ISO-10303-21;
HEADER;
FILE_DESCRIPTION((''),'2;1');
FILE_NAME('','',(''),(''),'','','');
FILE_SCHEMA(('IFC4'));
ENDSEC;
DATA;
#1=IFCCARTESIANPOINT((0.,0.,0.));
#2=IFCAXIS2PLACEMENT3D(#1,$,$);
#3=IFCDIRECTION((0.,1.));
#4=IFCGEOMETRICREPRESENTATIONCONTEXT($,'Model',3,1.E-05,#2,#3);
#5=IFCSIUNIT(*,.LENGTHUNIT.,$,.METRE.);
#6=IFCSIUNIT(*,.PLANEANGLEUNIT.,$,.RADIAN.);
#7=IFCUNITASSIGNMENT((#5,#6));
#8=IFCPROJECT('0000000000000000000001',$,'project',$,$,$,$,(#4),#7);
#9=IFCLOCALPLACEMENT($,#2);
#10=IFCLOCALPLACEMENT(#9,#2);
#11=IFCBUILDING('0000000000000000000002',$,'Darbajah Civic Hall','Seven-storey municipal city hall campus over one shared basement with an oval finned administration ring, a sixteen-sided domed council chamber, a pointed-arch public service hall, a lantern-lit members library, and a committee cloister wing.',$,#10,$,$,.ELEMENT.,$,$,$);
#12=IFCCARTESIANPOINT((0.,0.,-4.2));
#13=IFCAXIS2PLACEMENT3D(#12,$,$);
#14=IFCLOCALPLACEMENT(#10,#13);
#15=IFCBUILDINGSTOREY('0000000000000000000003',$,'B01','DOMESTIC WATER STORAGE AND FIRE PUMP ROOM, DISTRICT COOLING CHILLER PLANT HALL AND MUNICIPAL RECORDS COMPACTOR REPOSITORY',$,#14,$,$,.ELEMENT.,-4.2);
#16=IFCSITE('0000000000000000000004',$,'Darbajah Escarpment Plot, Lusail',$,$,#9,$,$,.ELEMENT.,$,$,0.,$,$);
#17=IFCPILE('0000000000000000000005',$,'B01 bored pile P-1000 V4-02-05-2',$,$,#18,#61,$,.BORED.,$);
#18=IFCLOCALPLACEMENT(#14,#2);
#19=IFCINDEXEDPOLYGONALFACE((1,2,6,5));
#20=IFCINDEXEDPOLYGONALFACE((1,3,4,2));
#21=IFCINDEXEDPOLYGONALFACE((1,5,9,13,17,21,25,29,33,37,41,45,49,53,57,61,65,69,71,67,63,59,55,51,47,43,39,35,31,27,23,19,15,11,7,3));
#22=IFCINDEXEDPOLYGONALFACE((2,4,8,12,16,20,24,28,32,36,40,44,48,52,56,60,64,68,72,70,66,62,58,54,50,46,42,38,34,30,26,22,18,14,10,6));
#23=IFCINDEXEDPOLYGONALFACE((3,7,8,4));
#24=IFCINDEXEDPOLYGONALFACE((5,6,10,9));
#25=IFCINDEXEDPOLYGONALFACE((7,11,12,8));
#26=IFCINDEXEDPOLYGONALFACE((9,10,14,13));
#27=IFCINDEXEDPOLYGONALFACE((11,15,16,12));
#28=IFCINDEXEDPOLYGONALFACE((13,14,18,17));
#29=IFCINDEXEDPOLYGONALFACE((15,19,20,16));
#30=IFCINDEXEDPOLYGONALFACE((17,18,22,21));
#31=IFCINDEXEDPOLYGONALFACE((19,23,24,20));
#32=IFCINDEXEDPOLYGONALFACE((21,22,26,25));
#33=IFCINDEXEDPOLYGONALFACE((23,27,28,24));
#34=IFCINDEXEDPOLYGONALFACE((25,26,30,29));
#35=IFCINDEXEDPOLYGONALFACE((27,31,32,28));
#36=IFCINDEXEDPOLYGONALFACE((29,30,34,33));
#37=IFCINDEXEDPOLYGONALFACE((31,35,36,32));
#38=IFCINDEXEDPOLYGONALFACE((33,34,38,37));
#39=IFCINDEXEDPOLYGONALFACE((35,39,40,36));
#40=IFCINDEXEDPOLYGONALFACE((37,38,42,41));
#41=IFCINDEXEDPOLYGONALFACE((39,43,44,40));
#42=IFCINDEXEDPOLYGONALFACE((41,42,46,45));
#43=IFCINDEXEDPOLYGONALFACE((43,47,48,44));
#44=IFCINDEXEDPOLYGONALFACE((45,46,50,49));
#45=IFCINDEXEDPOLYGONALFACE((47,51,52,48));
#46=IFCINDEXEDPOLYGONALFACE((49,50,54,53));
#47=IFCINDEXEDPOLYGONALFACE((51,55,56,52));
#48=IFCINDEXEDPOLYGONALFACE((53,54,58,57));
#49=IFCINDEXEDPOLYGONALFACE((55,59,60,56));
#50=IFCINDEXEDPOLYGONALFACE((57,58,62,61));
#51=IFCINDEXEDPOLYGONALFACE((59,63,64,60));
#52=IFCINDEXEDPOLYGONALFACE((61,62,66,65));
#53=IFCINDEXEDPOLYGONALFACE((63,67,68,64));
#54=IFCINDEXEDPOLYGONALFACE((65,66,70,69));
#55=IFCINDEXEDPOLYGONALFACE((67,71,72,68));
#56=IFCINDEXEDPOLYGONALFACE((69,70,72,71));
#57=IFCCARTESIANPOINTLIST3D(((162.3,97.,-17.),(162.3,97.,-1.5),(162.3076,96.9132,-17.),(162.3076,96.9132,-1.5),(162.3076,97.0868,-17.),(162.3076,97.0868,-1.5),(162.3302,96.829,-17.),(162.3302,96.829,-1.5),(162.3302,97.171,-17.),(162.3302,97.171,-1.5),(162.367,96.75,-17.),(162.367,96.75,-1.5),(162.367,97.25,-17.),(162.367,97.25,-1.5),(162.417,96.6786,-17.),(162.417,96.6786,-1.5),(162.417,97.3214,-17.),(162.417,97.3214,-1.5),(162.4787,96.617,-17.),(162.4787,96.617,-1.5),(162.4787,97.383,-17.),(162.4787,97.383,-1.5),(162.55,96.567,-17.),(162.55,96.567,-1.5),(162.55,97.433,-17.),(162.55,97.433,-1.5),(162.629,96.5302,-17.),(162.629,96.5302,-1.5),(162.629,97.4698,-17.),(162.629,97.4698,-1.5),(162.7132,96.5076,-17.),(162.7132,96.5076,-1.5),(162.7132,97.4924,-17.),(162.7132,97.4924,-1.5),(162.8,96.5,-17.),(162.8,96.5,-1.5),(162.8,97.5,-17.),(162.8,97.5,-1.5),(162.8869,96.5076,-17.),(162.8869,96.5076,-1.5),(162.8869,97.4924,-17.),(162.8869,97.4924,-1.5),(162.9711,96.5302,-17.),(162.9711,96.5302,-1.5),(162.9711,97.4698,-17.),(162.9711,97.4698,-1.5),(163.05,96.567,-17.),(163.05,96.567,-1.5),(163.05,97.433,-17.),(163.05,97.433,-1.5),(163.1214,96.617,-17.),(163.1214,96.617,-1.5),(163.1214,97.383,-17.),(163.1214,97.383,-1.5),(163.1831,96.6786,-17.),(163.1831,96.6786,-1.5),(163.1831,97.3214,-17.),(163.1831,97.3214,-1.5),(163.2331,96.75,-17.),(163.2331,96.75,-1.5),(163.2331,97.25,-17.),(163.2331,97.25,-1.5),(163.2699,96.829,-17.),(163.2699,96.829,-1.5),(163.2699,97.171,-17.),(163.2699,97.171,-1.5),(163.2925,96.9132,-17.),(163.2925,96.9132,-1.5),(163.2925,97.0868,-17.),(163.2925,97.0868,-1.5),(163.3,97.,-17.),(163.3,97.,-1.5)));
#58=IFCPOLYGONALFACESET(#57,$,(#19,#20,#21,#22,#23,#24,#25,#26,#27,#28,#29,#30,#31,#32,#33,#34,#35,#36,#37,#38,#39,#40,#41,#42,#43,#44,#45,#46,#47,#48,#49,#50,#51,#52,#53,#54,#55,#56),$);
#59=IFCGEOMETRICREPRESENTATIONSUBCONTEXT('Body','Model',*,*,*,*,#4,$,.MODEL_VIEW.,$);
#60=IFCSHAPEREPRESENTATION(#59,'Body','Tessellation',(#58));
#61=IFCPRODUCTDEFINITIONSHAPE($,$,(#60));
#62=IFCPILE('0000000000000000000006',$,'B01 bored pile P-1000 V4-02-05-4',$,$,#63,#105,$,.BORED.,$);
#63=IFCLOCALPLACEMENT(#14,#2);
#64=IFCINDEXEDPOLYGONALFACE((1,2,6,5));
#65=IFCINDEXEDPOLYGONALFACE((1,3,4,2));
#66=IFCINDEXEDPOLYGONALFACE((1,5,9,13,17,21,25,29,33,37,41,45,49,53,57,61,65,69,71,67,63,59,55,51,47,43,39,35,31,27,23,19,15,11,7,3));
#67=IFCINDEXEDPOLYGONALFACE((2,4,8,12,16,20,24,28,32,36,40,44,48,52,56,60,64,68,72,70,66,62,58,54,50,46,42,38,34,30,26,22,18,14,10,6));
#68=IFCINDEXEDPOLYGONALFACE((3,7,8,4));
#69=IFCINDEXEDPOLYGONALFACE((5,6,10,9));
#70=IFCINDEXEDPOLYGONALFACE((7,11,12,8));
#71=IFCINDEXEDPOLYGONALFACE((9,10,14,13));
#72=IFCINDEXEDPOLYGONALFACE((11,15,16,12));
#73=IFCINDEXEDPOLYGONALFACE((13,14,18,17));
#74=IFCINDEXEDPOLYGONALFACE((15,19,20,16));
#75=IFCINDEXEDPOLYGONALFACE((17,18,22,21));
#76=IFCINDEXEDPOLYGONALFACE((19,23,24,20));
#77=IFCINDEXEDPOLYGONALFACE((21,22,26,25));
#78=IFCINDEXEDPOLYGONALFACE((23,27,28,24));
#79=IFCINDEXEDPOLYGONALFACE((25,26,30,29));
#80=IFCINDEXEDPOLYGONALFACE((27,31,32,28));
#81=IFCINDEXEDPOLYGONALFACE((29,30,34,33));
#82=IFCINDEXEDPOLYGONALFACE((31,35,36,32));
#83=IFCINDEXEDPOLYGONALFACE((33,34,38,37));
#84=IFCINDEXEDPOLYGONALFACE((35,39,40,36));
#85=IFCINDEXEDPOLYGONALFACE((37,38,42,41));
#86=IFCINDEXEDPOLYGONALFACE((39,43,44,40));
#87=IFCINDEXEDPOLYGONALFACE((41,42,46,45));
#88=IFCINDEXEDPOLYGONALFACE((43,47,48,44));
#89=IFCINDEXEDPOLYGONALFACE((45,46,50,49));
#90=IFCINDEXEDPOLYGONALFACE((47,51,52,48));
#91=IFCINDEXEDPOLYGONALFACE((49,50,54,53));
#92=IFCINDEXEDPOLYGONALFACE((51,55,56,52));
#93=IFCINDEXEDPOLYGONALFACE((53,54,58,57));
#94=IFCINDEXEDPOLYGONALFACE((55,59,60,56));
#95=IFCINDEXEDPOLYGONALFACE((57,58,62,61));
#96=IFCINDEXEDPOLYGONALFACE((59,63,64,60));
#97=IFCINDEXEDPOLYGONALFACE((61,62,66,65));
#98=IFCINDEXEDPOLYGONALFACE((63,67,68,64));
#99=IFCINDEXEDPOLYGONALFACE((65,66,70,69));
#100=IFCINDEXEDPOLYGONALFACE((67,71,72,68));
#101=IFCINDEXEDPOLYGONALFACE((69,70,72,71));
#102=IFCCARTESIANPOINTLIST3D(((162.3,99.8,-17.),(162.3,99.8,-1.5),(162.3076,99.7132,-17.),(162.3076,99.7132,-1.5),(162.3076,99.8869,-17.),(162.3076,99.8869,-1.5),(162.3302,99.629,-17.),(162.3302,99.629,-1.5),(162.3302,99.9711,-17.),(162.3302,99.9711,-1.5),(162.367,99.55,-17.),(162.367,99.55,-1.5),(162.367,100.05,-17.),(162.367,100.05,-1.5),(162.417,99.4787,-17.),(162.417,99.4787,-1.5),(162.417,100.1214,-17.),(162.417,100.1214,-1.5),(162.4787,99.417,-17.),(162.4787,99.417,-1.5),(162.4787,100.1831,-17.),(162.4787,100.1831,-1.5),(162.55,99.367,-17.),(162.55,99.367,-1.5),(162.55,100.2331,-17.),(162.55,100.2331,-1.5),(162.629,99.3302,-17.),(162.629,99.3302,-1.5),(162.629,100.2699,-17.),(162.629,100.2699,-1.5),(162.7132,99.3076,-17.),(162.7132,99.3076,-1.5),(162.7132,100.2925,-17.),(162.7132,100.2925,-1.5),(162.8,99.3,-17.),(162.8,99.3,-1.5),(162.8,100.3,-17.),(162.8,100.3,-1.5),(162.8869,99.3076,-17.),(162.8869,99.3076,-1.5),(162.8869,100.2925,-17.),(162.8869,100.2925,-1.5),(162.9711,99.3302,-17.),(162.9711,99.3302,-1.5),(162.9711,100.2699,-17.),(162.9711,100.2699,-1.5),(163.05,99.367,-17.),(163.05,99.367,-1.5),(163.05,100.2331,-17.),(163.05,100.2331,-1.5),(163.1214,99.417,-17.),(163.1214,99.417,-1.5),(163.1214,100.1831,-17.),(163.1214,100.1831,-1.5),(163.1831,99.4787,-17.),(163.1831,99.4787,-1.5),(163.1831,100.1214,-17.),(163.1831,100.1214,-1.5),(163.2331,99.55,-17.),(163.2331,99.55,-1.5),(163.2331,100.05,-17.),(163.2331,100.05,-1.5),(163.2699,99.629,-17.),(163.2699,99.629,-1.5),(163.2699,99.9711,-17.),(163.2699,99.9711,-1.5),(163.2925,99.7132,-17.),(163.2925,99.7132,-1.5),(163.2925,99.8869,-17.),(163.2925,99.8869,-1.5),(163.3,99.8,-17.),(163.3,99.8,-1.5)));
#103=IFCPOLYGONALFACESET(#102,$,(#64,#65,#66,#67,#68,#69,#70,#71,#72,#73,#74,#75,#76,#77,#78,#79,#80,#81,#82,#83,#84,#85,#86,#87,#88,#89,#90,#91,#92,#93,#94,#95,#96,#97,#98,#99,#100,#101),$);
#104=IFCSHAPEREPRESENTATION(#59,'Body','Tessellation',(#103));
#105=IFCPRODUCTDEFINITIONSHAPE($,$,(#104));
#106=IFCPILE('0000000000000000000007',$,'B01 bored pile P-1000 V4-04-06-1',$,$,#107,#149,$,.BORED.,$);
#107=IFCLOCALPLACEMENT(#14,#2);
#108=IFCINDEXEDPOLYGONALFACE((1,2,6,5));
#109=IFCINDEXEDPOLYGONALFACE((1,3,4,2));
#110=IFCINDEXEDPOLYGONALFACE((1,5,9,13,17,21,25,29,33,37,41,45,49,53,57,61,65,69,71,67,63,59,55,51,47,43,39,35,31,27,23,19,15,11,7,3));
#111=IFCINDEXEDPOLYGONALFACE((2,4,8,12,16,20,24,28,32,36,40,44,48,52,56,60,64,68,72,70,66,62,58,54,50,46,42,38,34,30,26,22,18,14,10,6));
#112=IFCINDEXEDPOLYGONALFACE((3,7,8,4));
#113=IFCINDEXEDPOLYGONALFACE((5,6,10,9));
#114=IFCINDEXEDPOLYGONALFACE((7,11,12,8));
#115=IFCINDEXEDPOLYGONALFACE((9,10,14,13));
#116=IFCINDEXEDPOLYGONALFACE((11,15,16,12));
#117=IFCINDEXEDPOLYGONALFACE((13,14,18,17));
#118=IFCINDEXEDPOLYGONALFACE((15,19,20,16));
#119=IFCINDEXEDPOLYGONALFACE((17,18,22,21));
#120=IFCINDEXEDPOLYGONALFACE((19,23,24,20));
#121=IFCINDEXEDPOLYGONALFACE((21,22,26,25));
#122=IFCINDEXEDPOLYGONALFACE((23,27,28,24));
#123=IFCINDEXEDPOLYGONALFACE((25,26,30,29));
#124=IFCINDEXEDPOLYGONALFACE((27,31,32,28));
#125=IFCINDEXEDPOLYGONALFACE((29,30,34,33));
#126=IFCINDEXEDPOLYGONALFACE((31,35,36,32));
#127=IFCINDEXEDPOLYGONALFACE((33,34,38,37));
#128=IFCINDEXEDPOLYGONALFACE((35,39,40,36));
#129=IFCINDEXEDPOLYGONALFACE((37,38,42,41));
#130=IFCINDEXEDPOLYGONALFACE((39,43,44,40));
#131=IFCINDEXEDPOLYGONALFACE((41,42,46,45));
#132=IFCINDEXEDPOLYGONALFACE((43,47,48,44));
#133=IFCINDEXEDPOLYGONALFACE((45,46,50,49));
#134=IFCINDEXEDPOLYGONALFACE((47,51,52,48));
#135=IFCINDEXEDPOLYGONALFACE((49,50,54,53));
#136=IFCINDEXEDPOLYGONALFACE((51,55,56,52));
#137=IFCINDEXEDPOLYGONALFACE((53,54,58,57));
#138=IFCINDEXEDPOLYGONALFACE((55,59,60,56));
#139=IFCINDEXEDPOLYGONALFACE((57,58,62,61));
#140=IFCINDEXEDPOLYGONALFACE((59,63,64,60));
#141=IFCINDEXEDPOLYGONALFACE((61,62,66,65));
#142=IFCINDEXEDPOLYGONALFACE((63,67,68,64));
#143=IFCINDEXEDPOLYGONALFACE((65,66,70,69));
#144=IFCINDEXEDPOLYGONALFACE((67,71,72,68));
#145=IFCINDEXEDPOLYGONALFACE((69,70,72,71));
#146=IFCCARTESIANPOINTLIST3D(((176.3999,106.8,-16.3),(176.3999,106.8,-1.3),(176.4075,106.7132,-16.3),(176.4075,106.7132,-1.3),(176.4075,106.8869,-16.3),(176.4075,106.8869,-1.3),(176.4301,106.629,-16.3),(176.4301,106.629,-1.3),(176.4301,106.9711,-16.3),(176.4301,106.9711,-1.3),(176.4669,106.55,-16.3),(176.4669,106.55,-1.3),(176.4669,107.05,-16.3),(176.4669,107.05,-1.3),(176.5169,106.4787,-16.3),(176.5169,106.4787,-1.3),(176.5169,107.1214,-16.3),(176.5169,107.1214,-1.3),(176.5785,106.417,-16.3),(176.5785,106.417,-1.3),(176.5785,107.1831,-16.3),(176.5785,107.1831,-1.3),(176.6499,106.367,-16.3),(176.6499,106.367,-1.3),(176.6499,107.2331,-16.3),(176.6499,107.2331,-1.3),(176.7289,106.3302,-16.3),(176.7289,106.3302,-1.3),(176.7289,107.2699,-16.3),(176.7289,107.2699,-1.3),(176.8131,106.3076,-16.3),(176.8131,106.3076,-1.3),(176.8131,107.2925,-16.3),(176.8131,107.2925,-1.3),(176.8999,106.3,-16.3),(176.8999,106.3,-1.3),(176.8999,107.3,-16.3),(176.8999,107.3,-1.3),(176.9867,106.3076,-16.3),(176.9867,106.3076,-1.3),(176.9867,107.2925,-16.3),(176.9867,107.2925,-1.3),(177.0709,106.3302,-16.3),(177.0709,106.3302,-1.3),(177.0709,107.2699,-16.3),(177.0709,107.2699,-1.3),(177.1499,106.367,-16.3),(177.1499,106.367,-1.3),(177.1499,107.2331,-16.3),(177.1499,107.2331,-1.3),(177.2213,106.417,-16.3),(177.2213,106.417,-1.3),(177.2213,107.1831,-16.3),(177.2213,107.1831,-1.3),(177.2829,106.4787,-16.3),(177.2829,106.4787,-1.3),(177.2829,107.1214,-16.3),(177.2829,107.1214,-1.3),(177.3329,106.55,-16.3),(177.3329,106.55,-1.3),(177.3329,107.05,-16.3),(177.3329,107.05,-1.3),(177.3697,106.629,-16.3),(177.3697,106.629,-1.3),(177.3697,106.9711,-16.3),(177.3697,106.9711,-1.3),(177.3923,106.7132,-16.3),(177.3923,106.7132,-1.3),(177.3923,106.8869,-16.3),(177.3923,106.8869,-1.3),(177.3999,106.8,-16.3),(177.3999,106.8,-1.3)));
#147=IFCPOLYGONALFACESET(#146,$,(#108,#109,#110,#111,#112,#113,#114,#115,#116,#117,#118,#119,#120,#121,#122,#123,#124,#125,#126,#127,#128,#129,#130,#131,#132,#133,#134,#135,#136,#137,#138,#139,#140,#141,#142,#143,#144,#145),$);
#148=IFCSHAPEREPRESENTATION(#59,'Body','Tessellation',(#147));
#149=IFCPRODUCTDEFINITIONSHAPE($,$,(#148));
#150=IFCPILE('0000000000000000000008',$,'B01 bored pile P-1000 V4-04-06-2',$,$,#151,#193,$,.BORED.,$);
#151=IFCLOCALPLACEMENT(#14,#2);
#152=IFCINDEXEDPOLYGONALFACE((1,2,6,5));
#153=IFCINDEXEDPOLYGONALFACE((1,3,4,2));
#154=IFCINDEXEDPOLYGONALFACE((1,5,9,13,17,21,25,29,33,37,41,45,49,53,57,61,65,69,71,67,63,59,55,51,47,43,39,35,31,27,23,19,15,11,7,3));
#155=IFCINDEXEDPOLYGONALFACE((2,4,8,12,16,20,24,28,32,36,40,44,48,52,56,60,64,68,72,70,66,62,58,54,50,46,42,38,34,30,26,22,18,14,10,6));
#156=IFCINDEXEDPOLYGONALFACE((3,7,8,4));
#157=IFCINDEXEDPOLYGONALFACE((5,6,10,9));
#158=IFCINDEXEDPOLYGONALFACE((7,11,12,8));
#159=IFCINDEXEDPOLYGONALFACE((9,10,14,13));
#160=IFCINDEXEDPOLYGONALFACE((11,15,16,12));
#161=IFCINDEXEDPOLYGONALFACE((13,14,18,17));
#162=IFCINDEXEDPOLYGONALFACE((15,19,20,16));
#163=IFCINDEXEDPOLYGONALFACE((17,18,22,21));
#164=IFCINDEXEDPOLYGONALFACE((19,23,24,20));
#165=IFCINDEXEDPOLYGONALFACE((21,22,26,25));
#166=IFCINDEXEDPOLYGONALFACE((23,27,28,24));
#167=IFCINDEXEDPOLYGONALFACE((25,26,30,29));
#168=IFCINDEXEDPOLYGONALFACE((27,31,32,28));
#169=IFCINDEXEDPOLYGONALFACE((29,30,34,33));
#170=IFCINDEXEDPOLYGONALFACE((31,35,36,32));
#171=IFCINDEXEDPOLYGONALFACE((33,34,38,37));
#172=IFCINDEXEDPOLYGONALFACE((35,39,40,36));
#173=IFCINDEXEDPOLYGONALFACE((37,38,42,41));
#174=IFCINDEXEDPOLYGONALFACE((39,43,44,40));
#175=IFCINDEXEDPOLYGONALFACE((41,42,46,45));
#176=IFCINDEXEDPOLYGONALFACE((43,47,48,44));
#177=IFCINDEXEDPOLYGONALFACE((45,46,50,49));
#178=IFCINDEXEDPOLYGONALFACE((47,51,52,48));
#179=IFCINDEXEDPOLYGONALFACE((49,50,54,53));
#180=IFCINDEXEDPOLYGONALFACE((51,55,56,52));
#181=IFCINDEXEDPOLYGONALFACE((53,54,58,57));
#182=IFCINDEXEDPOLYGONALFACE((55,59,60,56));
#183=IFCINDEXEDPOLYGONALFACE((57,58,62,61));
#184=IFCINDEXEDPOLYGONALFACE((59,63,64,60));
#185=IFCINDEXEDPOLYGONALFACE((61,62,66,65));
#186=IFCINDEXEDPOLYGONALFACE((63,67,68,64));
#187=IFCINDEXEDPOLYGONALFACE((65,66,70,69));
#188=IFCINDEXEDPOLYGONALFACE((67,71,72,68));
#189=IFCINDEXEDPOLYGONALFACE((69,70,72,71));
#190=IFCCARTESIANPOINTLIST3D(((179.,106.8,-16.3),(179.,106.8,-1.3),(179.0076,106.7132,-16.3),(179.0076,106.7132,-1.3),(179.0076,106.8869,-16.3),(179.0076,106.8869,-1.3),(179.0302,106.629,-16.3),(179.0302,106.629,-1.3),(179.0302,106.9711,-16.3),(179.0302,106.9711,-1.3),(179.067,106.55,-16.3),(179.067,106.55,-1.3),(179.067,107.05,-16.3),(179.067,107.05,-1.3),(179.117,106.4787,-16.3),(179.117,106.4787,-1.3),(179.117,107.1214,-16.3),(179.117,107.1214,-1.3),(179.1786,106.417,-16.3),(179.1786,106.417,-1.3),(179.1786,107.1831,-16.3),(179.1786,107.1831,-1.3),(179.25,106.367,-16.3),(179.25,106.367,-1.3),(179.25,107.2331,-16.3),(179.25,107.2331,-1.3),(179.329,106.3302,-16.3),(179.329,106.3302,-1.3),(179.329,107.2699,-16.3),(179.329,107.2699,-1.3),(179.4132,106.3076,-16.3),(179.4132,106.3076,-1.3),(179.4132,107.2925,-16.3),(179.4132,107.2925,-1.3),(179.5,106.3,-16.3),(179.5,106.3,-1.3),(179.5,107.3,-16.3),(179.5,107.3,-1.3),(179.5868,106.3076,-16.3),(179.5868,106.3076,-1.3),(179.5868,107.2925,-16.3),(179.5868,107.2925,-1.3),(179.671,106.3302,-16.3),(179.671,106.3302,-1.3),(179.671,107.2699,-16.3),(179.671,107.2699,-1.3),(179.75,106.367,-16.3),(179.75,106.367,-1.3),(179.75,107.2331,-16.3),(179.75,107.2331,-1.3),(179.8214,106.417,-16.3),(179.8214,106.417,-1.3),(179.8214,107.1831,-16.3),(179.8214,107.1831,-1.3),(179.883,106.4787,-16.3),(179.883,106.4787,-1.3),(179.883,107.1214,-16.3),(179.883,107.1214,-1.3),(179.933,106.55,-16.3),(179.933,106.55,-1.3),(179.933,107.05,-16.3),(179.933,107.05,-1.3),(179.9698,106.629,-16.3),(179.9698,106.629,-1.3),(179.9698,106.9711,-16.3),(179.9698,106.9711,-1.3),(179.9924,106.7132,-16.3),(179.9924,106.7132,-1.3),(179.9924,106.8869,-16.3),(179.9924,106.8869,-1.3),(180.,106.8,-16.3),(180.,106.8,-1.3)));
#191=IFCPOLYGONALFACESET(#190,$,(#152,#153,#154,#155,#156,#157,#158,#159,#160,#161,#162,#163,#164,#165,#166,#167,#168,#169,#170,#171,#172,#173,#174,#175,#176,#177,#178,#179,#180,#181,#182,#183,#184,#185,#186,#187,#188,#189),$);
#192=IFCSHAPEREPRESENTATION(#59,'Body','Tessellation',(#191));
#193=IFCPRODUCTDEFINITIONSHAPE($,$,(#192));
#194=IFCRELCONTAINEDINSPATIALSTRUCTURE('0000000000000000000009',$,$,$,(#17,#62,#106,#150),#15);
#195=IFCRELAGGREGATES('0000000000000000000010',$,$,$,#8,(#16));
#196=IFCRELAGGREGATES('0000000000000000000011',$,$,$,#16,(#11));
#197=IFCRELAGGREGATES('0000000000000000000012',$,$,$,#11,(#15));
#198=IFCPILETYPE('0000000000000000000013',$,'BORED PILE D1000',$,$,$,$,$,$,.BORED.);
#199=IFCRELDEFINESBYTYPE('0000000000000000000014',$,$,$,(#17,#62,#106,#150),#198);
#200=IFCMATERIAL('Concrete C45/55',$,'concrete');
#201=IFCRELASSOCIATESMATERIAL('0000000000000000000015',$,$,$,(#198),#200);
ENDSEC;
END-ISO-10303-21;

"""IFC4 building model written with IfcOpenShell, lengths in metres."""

from ifc_helpers import new_model, si_unit, direction, frame, origin, origin_2d, place, context, subcontext, project, spatial, circle, extrude, material, material_profile, profile_set, type_object, element, save


model = new_model("IFC4")

# Units and contexts
model_context = context("Model", 3, precision=1e-05, world=origin(), true_north=direction((0.0, 1.0)))
body_context = subcontext(model_context, "Body", "Model", "MODEL_VIEW")
ifc_project = project(units=[si_unit("LENGTHUNIT", "METRE"), si_unit("PLANEANGLEUNIT", "RADIAN")], contexts=[model_context])

# Site, building, storey
site_placement = place(None, origin())
site = spatial("IfcSite", under=ifc_project, at=site_placement, Name="Darbajah Escarpment Plot, Lusail", CompositionType="ELEMENT", RefElevation=0.0)
building_placement = place(site_placement, origin())
building = spatial("IfcBuilding", under=site, at=building_placement, Name="Darbajah Civic Hall", Description="Seven-storey municipal city hall campus over one shared basement with an oval finned administration ring, a sixteen-sided domed council chamber, a pointed-arch public service hall, a lantern-lit members library, and a committee cloister wing.", CompositionType="ELEMENT")
storey_placement = place(building_placement, frame((0.0, 0.0, -4.2)))
storey = spatial("IfcBuildingStorey", under=building, at=storey_placement, Name="B01", Description="DOMESTIC WATER STORAGE AND FIRE PUMP ROOM, DISTRICT COOLING CHILLER PLANT HALL AND MUNICIPAL RECORDS COMPACTOR REPOSITORY", CompositionType="ELEMENT", Elevation=-4.2)

# Piles
ifc_material_1 = material(Name="Concrete C45/55", Category="concrete")
ifc_material_profile_1 = material_profile(ifc_material_1, circle(Radius=0.5, at=origin_2d()), Name="BORED PILE D1000")
ifc_profile_set_1 = profile_set([ifc_material_profile_1], Name="Concrete C45/55")
pile_type_1 = type_object("IfcPileType", Name="BORED PILE D1000", PredefinedType="BORED", material=ifc_profile_set_1)
for number, where, z_axis, x_axis, name in (
    (1, (162.8, 97.0, -1.5), (0.0, 0.0, -1.0), (1.0, 0.0, 0.0), "B01 bored pile P-1000 V4-02-05-2"),
    (2, (162.8, 99.8, -1.5), (0.0, 0.0, -1.0), (1.0, 0.0, 0.0), "B01 bored pile P-1000 V4-02-05-4"),
):
    element("IfcPile", number, at=place(storey_placement, frame(where, z_axis=z_axis, x_axis=x_axis)), inside=storey, type_object=pile_type_1, Name=name, PredefinedType="BORED", context=body_context, shape_type="SweptSolid", body=[
        extrude(circle(Radius=0.5, at=origin_2d()), origin(), (0.0, 0.0, 1.0), 15.5),
    ])
for number, where, z_axis, x_axis, name in (
    (3, (176.8999, 106.8, -1.3), (0.0, 0.0, -1.0), (1.0, 0.0, 0.0), "B01 bored pile P-1000 V4-04-06-1"),
    (4, (179.5, 106.8, -1.3), (0.0, 0.0, -1.0), (1.0, 0.0, 0.0), "B01 bored pile P-1000 V4-04-06-2"),
):
    element("IfcPile", number, at=place(storey_placement, frame(where, z_axis=z_axis, x_axis=x_axis)), inside=storey, type_object=pile_type_1, Name=name, PredefinedType="BORED", context=body_context, shape_type="SweptSolid", body=[
        extrude(circle(Radius=0.5, at=origin_2d()), origin(), (0.0, 0.0, 1.0), 15.0),
    ])

save(model, "model.ifc")
